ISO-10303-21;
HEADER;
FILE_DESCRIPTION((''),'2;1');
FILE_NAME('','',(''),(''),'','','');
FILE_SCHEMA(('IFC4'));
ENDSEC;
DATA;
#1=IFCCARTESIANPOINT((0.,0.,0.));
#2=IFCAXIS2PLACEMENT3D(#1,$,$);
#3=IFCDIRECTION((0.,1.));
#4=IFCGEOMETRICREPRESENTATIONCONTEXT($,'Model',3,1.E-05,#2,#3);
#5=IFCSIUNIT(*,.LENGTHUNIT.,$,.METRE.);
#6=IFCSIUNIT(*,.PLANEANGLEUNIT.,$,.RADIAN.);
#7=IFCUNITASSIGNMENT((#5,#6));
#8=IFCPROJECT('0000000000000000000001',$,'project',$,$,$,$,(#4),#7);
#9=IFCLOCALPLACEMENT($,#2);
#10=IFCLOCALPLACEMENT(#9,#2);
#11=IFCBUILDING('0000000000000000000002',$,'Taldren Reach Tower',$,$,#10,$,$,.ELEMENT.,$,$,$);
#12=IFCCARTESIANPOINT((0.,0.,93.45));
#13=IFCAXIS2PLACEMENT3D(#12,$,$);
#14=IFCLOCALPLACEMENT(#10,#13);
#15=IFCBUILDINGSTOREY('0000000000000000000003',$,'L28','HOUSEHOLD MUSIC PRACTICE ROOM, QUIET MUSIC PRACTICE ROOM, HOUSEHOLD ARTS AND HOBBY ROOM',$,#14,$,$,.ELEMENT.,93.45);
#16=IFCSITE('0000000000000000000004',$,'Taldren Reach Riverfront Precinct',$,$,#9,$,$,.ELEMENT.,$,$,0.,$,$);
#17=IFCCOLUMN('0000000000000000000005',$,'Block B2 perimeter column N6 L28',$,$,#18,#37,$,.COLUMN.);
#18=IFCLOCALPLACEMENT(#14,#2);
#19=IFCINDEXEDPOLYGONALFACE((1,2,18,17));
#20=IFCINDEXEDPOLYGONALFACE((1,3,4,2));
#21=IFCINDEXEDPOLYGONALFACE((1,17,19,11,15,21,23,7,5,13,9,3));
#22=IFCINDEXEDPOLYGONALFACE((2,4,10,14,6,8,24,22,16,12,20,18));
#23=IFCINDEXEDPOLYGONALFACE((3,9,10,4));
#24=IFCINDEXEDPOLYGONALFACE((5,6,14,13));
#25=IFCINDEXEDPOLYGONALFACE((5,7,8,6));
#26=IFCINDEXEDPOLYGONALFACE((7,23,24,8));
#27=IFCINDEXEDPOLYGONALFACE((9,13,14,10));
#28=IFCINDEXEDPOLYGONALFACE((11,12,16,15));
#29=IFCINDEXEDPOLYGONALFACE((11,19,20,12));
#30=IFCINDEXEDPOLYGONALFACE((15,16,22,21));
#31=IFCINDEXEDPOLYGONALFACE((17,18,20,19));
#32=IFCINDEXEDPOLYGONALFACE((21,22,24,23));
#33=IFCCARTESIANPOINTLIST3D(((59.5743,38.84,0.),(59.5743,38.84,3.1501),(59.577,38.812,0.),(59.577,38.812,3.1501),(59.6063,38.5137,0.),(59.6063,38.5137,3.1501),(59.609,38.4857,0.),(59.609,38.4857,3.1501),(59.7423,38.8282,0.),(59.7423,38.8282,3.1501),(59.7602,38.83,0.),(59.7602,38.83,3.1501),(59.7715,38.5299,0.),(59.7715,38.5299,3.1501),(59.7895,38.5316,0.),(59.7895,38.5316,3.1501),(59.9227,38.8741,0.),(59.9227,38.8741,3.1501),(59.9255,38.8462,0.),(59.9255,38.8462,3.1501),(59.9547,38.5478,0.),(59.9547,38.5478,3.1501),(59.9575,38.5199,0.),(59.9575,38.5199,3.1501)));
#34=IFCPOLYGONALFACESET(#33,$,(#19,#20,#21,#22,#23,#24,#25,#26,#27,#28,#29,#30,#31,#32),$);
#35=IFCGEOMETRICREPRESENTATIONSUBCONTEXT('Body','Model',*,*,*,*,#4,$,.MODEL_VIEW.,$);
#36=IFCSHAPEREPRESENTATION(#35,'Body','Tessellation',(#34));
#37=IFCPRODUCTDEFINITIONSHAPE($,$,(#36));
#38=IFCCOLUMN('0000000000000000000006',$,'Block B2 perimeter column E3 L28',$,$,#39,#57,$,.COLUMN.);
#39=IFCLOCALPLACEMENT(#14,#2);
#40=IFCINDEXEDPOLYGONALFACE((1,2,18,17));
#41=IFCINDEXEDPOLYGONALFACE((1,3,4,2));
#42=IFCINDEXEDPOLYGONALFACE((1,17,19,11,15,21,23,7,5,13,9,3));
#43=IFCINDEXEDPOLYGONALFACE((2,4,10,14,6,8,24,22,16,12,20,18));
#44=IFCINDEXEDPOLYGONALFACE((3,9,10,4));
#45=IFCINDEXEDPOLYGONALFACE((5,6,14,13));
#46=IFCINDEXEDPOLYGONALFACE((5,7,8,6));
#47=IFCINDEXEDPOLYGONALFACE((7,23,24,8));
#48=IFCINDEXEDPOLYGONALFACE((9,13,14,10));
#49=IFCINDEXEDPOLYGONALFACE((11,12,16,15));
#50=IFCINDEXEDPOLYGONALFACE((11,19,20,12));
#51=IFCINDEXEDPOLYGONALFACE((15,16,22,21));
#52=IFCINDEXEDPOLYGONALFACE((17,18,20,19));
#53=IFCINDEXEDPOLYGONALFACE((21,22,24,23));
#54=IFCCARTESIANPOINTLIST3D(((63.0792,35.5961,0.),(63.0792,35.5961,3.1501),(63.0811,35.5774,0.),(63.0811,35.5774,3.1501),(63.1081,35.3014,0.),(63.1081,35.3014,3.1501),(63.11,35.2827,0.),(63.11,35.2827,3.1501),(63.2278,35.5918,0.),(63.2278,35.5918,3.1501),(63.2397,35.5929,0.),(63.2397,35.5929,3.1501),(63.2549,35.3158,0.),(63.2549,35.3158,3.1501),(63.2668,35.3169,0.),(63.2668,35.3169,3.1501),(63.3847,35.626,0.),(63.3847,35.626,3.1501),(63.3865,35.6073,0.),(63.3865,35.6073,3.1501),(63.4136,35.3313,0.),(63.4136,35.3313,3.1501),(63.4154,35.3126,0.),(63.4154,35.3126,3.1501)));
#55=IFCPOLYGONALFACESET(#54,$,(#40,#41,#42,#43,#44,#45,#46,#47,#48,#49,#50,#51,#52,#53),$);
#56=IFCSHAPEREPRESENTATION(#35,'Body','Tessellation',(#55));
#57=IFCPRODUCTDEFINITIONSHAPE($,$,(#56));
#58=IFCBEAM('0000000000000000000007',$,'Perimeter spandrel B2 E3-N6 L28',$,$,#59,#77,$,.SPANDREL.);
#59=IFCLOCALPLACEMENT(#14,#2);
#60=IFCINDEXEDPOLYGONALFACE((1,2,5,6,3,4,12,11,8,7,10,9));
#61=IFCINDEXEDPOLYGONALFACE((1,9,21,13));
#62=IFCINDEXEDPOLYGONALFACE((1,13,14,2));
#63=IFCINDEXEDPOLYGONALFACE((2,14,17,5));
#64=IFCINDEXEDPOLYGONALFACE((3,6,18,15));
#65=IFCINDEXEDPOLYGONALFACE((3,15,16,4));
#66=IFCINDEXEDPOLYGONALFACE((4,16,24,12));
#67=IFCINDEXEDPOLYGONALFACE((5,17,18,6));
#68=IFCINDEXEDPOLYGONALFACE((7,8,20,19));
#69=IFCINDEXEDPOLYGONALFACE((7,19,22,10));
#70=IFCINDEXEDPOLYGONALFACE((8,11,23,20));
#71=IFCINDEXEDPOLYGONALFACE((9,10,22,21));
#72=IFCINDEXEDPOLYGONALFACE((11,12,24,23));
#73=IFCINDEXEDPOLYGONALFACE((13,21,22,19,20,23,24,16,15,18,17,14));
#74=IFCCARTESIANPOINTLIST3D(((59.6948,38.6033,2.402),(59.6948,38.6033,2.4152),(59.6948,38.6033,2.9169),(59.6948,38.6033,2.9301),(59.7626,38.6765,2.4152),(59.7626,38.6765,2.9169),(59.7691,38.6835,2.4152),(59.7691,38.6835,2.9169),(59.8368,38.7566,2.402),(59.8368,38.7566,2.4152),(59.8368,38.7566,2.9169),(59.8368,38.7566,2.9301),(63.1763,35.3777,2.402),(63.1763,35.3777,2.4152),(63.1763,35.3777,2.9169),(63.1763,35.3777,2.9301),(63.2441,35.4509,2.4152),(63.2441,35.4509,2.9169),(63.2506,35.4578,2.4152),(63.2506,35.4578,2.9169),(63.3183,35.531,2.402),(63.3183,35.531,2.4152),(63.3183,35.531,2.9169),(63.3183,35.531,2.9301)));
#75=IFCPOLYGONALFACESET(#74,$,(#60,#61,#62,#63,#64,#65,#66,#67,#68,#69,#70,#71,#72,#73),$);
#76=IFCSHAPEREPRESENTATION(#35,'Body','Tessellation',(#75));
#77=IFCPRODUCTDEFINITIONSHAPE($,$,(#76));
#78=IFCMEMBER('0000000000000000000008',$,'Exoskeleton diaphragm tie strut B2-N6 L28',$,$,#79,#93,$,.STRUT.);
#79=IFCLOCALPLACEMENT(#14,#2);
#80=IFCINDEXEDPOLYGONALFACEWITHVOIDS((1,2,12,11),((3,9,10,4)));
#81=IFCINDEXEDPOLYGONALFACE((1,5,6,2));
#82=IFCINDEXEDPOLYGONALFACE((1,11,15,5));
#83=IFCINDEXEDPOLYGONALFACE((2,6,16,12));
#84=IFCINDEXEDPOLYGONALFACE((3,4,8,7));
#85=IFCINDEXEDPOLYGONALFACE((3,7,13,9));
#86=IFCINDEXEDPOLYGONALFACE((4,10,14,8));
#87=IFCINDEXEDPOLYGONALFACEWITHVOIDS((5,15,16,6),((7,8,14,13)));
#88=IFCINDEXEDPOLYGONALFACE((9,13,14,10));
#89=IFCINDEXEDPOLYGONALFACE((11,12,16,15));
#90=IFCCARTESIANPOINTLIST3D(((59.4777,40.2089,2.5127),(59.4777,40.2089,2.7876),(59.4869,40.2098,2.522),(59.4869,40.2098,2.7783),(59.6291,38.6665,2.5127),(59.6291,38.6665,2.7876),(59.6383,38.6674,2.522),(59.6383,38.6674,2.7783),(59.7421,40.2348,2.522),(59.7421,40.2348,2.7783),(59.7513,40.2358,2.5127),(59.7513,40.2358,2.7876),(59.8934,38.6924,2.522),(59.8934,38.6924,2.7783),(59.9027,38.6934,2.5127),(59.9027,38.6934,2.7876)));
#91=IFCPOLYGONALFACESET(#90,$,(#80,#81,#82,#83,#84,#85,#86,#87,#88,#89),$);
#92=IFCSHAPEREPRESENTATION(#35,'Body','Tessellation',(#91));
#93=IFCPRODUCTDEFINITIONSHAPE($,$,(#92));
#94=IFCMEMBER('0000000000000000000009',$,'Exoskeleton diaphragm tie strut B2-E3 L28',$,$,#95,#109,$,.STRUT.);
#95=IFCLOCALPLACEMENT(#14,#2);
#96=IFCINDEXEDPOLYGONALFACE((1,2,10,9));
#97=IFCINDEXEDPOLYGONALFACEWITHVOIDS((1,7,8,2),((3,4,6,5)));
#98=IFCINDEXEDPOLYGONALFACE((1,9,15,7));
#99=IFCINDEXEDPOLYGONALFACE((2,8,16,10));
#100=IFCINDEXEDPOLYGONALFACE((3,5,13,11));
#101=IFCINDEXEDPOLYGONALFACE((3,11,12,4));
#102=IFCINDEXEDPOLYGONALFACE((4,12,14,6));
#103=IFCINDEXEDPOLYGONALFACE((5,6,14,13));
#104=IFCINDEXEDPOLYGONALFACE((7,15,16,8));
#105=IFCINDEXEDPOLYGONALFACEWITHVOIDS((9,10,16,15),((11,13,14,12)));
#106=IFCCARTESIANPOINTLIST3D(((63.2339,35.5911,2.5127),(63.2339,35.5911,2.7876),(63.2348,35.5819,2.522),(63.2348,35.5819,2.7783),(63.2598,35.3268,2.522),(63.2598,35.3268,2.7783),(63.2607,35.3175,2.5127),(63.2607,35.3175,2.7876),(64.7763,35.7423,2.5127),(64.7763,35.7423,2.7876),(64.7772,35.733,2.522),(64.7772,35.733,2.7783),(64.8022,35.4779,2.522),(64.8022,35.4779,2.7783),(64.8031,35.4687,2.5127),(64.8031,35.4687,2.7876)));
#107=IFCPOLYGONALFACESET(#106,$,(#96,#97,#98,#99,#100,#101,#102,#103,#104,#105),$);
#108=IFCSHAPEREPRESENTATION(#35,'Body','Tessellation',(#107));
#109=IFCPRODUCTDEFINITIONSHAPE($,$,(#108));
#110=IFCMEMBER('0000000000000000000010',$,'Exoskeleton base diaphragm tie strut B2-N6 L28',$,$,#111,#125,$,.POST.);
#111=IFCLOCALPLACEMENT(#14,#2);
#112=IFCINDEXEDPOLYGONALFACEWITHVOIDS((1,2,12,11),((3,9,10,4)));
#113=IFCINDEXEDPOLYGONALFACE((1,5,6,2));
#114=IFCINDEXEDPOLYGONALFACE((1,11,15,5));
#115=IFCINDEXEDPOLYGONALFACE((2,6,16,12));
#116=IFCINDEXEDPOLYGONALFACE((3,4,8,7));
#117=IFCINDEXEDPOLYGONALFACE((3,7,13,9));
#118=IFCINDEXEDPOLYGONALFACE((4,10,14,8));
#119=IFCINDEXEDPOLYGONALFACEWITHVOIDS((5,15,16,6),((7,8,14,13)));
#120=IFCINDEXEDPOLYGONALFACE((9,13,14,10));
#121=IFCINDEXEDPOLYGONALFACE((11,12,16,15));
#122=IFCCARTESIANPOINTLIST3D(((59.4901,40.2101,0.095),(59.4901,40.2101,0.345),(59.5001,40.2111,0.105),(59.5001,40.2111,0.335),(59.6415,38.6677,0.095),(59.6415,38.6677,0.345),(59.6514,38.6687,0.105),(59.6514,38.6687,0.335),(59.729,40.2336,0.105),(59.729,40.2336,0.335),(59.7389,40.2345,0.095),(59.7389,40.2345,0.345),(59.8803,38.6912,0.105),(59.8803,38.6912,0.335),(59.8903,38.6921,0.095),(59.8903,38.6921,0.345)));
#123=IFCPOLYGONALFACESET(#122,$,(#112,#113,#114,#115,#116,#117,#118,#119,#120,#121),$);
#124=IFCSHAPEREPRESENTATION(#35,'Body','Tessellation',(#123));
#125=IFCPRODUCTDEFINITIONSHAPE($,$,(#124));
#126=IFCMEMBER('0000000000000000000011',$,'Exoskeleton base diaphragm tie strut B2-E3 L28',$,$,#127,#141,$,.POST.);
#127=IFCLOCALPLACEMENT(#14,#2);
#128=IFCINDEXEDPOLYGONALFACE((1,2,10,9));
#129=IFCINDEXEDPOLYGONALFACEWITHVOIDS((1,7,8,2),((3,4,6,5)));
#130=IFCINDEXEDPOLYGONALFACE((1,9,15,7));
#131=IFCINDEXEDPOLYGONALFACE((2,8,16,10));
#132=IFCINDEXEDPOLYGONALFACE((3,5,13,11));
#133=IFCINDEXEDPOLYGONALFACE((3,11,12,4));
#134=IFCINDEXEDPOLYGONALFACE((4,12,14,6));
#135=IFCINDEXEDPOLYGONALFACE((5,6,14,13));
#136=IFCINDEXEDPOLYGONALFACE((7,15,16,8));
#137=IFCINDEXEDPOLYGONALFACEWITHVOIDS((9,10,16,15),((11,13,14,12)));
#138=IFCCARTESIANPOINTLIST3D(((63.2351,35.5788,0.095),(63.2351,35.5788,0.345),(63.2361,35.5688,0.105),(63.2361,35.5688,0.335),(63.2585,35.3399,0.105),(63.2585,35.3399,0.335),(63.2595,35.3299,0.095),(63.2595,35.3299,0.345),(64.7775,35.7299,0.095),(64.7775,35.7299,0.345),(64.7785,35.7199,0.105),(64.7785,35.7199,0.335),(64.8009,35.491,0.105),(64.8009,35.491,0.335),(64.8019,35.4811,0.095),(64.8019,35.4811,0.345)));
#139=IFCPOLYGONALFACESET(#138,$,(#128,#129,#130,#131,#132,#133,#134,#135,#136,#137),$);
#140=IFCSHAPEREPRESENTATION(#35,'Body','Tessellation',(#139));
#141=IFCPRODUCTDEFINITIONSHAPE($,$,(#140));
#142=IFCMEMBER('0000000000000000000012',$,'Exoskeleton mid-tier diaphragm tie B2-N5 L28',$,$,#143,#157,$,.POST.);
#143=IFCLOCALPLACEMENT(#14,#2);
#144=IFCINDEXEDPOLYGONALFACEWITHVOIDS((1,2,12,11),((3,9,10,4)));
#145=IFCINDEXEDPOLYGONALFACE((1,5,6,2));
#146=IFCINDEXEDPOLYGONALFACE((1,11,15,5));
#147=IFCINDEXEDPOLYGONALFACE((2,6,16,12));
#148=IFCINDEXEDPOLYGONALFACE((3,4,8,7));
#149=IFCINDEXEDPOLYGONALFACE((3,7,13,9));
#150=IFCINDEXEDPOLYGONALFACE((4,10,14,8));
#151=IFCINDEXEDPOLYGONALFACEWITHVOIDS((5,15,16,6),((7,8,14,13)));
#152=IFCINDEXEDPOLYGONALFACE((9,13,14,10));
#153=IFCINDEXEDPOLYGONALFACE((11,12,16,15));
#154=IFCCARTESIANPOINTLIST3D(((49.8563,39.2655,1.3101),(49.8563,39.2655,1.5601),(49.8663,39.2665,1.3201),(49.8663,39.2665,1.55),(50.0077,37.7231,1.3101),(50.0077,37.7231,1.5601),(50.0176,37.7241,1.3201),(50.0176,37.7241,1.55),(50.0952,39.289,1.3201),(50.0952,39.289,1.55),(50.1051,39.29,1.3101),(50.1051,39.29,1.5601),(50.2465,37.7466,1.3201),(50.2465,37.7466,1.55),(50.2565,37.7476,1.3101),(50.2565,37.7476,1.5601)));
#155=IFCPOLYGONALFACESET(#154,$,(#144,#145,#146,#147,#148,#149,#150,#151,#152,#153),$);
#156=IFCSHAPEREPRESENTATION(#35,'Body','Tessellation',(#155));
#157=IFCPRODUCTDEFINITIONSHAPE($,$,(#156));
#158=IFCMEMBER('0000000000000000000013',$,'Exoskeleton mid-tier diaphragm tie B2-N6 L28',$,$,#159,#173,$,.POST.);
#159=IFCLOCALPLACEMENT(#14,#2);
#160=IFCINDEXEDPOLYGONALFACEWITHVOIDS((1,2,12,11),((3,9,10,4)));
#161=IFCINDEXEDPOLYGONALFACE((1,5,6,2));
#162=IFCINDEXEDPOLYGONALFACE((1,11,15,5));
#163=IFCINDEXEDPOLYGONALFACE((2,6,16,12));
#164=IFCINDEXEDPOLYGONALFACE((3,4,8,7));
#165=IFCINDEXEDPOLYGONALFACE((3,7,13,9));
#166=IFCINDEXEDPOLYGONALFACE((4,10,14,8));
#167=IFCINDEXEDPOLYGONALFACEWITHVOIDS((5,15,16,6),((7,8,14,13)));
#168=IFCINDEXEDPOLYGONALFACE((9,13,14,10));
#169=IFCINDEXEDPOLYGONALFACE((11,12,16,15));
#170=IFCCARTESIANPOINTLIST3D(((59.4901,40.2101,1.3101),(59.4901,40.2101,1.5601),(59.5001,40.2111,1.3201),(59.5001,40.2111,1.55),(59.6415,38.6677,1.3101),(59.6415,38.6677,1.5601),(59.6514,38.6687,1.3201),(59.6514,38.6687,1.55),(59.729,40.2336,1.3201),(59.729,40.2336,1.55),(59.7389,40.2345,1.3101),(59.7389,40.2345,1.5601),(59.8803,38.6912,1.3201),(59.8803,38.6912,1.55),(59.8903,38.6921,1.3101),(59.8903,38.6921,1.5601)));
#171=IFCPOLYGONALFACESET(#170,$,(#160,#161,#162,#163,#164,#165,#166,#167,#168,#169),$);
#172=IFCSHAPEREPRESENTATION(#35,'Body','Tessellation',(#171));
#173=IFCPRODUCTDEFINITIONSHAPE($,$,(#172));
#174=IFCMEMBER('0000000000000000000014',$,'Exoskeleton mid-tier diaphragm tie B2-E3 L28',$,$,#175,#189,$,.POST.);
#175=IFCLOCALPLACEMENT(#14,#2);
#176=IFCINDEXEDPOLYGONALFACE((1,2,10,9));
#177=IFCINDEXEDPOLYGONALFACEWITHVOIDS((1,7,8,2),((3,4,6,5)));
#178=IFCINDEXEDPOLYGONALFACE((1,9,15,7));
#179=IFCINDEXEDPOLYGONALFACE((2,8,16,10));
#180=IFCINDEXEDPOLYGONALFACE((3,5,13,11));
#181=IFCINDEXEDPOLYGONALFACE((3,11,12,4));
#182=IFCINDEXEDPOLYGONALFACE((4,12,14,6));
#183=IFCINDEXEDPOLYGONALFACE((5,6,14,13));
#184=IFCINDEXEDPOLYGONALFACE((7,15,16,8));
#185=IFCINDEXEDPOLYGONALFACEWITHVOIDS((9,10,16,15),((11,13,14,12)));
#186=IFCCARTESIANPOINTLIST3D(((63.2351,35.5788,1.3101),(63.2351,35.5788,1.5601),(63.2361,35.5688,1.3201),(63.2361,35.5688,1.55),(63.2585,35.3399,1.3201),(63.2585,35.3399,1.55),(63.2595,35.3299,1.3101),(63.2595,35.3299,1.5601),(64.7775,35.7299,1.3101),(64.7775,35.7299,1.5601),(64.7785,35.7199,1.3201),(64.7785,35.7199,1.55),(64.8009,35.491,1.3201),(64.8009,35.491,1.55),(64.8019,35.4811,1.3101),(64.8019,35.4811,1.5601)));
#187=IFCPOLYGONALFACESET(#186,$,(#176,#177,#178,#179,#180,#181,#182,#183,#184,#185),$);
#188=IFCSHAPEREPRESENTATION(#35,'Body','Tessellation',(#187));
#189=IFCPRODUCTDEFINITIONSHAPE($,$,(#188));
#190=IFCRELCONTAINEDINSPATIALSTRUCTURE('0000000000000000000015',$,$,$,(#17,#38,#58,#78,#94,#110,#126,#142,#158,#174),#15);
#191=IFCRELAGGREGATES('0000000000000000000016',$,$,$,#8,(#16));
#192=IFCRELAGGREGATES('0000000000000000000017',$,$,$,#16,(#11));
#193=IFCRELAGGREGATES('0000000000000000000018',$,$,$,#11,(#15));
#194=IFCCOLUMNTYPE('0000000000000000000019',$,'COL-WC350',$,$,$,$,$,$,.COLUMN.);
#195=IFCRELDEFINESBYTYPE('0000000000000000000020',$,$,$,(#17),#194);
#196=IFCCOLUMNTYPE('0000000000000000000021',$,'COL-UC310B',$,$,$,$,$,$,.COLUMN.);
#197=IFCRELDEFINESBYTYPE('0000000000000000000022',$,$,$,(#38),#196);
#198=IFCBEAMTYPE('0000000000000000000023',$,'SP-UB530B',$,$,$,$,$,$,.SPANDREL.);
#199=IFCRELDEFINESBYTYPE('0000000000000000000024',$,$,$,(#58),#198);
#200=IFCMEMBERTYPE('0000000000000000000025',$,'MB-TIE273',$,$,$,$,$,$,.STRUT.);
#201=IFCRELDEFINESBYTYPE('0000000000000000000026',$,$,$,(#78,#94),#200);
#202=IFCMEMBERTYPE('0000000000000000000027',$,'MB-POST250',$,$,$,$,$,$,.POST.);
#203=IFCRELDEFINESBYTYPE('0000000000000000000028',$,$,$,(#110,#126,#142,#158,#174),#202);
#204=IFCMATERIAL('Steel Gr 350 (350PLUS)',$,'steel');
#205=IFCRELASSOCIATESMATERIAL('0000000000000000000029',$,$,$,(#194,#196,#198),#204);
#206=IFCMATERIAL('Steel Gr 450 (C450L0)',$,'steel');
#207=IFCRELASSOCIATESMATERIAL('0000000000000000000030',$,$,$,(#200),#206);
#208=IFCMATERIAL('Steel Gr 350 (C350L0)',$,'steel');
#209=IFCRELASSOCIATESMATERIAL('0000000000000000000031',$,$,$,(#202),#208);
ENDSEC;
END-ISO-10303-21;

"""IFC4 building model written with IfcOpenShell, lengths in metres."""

from ifc_helpers import new_model, si_unit, direction, frame, origin, origin_2d, place, context, subcontext, project, spatial, hollow_rectangle, i_section, extrude, source, transform, mapped, material, material_profile, profile_set, type_object, element, save


model = new_model("IFC4")

# Units and contexts
model_context = context("Model", 3, precision=1e-05, world=origin(), true_north=direction((0.0, 1.0)))
body_context = subcontext(model_context, "Body", "Model", "MODEL_VIEW")
ifc_project = project(units=[si_unit("LENGTHUNIT", "METRE"), si_unit("PLANEANGLEUNIT", "RADIAN")], contexts=[model_context])

# Site, building, storey
site_placement = place(None, origin())
site = spatial("IfcSite", under=ifc_project, at=site_placement, Name="Taldren Reach Riverfront Precinct", CompositionType="ELEMENT", RefElevation=0.0)
building_placement = place(site_placement, origin())
building = spatial("IfcBuilding", under=site, at=building_placement, Name="Taldren Reach Tower", CompositionType="ELEMENT")
storey_placement = place(building_placement, frame((0.0, 0.0, 93.45)))
storey = spatial("IfcBuildingStorey", under=building, at=storey_placement, Name="L28", Description="HOUSEHOLD MUSIC PRACTICE ROOM, QUIET MUSIC PRACTICE ROOM, HOUSEHOLD ARTS AND HOBBY ROOM", CompositionType="ELEMENT", Elevation=93.45)

# Columns
ifc_material_1 = material(Name="Steel Gr 350 (350PLUS)", Category="steel")
ifc_material_profile_1 = material_profile(ifc_material_1, i_section(OverallWidth=0.3501, OverallDepth=0.356, WebThickness=0.0181, FlangeThickness=0.0281, at=origin_2d()), Name="350WC197")
ifc_profile_set_1 = profile_set([ifc_material_profile_1], Name="Steel Gr 350 (350PLUS)")
column_type_1 = type_object("IfcColumnType", Name="COL-WC350", PredefinedType="COLUMN", material=ifc_profile_set_1)
shared_shape_1 = source(origin(), body_context, "Body", "SweptSolid", [
    extrude(i_section(OverallWidth=0.3501, OverallDepth=0.356, WebThickness=0.0181, FlangeThickness=0.0281, at=origin_2d()), origin(), (0.0, 0.0, 1.0), 3.1501),
])
column_1_placement = place(storey_placement, frame((59.7659, 38.6799, 0.0), z_axis=(0.0, 0.0, 1.0), x_axis=(0.995227, 0.097583, 0.0)))
element("IfcColumn", 1, at=column_1_placement, inside=storey, type_object=column_type_1, Name="Block B2 perimeter column N6 L28", PredefinedType="COLUMN", context=body_context, shape_type="MappedRepresentation", body=[
    mapped(shared_shape_1, transform((0.0, 0.0, 0.0), scale=1.0)),
])
ifc_material_profile_2 = material_profile(ifc_material_1, i_section(OverallWidth=0.3069, OverallDepth=0.3149, WebThickness=0.012, FlangeThickness=0.0188, at=origin_2d()), Name="310UC118")
ifc_profile_set_2 = profile_set([ifc_material_profile_2], Name="Steel Gr 350 (350PLUS)")
column_type_2 = type_object("IfcColumnType", Name="COL-UC310B", PredefinedType="COLUMN", material=ifc_profile_set_2)
shared_shape_2 = source(origin(), body_context, "Body", "SweptSolid", [
    extrude(i_section(OverallWidth=0.3069, OverallDepth=0.3149, WebThickness=0.012, FlangeThickness=0.0188, at=origin_2d()), origin(), (0.0, 0.0, 1.0), 3.1501),
])
column_2_placement = place(storey_placement, frame((63.2473, 35.4543, 0.0), z_axis=(0.0, 0.0, 1.0), x_axis=(0.995227, 0.097583, 0.0)))
element("IfcColumn", 2, at=column_2_placement, inside=storey, type_object=column_type_2, Name="Block B2 perimeter column E3 L28", PredefinedType="COLUMN", context=body_context, shape_type="MappedRepresentation", body=[
    mapped(shared_shape_2, transform((0.0, 0.0, 0.0), scale=1.0)),
])

# Beam
ifc_material_profile_3 = material_profile(ifc_material_1, i_section(OverallWidth=0.209, OverallDepth=0.5281, WebThickness=0.0095, FlangeThickness=0.0132, at=origin_2d()), Name="530UB82.0")
ifc_profile_set_3 = profile_set([ifc_material_profile_3], Name="Steel Gr 350 (350PLUS)")
beam_type = type_object("IfcBeamType", Name="SP-UB530B", PredefinedType="SPANDREL", material=ifc_profile_set_3)
shared_shape_3 = source(origin(), body_context, "Body", "SweptSolid", [
    extrude(i_section(OverallWidth=0.209, OverallDepth=0.5281, WebThickness=0.0095, FlangeThickness=0.0132, at=origin_2d()), origin(), (0.0, 0.0, 1.0), 4.7461),
])
beam_1_placement = place(storey_placement, frame((63.2473, 35.4543, 2.666), z_axis=(-0.733548, 0.679638, 0.0), x_axis=(-0.679638, -0.733548, 0.0)))
element("IfcBeam", 3, at=beam_1_placement, inside=storey, type_object=beam_type, Name="Perimeter spandrel B2 E3-N6 L28", PredefinedType="SPANDREL", context=body_context, shape_type="MappedRepresentation", body=[
    mapped(shared_shape_3, transform((0.0, 0.0, 0.0), scale=1.0)),
])

# Members
ifc_material_2 = material(Name="Steel Gr 450 (C450L0)", Category="steel")
ifc_material_profile_4 = material_profile(ifc_material_2, hollow_rectangle(XDim=0.2749, YDim=0.2749, WallThickness=0.0093, at=origin_2d()), Name="275x275x9.3SHS")
ifc_profile_set_4 = profile_set([ifc_material_profile_4], Name="Steel Gr 450 (C450L0)")
member_type_1 = type_object("IfcMemberType", Name="MB-TIE273", PredefinedType="STRUT", material=ifc_profile_set_4)
shared_shape_4 = source(origin(), body_context, "Body", "SweptSolid", [
    extrude(hollow_rectangle(XDim=0.2749, YDim=0.2749, WallThickness=0.0093, at=origin_2d()), origin(), (0.0, 0.0, 1.0), 1.5498),
])
for number, where, z_axis, x_axis, name in (
    (4, (59.7659, 38.6799, 2.6501), (-0.097663, 0.99522, 0.0), (-0.99522, -0.097663, 0.0), "Exoskeleton diaphragm tie strut B2-N6 L28"),
    (5, (63.2473, 35.4543, 2.6501), (0.995235, 0.097507, 0.0), (-0.097507, 0.995235, 0.0), "Exoskeleton diaphragm tie strut B2-E3 L28"),
):
    element("IfcMember", number, at=place(storey_placement, frame(where, z_axis=z_axis, x_axis=x_axis)), inside=storey, type_object=member_type_1, Name=name, PredefinedType="STRUT", context=body_context, shape_type="MappedRepresentation", body=[
        mapped(shared_shape_4, transform((0.0, 0.0, 0.0), scale=1.0)),
    ])
ifc_material_3 = material(Name="Steel Gr 350 (C350L0)", Category="steel")
ifc_material_profile_5 = material_profile(ifc_material_3, hollow_rectangle(XDim=0.25, YDim=0.25, WallThickness=0.01, at=origin_2d()), Name="250x250x10.0SHS")
ifc_profile_set_5 = profile_set([ifc_material_profile_5], Name="Steel Gr 350 (C350L0)")
member_type_2 = type_object("IfcMemberType", Name="MB-POST250", PredefinedType="POST", material=ifc_profile_set_5)
shared_shape_5 = source(origin(), body_context, "Body", "SweptSolid", [
    extrude(hollow_rectangle(XDim=0.25, YDim=0.25, WallThickness=0.01, at=origin_2d()), origin(), (0.0, 0.0, 1.0), 1.5498),
])
for number, where, z_axis, x_axis, name in (
    (6, (59.7659, 38.6799, 0.22), (-0.097663, 0.99522, 0.0), (-0.99522, -0.097663, 0.0), "Exoskeleton base diaphragm tie strut B2-N6 L28"),
    (7, (63.2473, 35.4543, 0.22), (0.995235, 0.097507, 0.0), (-0.097507, 0.995235, 0.0), "Exoskeleton base diaphragm tie strut B2-E3 L28"),
    (8, (50.1321, 37.7354, 1.4351), (-0.097663, 0.99522, 0.0), (-0.99522, -0.097663, 0.0), "Exoskeleton mid-tier diaphragm tie B2-N5 L28"),
    (9, (59.7659, 38.6799, 1.4351), (-0.097663, 0.99522, 0.0), (-0.99522, -0.097663, 0.0), "Exoskeleton mid-tier diaphragm tie B2-N6 L28"),
    (10, (63.2473, 35.4543, 1.4351), (0.995235, 0.097507, 0.0), (-0.097507, 0.995235, 0.0), "Exoskeleton mid-tier diaphragm tie B2-E3 L28"),
):
    element("IfcMember", number, at=place(storey_placement, frame(where, z_axis=z_axis, x_axis=x_axis)), inside=storey, type_object=member_type_2, Name=name, PredefinedType="POST", context=body_context, shape_type="MappedRepresentation", body=[
        mapped(shared_shape_5, transform((0.0, 0.0, 0.0), scale=1.0)),
    ])

save(model, "model.ifc")
